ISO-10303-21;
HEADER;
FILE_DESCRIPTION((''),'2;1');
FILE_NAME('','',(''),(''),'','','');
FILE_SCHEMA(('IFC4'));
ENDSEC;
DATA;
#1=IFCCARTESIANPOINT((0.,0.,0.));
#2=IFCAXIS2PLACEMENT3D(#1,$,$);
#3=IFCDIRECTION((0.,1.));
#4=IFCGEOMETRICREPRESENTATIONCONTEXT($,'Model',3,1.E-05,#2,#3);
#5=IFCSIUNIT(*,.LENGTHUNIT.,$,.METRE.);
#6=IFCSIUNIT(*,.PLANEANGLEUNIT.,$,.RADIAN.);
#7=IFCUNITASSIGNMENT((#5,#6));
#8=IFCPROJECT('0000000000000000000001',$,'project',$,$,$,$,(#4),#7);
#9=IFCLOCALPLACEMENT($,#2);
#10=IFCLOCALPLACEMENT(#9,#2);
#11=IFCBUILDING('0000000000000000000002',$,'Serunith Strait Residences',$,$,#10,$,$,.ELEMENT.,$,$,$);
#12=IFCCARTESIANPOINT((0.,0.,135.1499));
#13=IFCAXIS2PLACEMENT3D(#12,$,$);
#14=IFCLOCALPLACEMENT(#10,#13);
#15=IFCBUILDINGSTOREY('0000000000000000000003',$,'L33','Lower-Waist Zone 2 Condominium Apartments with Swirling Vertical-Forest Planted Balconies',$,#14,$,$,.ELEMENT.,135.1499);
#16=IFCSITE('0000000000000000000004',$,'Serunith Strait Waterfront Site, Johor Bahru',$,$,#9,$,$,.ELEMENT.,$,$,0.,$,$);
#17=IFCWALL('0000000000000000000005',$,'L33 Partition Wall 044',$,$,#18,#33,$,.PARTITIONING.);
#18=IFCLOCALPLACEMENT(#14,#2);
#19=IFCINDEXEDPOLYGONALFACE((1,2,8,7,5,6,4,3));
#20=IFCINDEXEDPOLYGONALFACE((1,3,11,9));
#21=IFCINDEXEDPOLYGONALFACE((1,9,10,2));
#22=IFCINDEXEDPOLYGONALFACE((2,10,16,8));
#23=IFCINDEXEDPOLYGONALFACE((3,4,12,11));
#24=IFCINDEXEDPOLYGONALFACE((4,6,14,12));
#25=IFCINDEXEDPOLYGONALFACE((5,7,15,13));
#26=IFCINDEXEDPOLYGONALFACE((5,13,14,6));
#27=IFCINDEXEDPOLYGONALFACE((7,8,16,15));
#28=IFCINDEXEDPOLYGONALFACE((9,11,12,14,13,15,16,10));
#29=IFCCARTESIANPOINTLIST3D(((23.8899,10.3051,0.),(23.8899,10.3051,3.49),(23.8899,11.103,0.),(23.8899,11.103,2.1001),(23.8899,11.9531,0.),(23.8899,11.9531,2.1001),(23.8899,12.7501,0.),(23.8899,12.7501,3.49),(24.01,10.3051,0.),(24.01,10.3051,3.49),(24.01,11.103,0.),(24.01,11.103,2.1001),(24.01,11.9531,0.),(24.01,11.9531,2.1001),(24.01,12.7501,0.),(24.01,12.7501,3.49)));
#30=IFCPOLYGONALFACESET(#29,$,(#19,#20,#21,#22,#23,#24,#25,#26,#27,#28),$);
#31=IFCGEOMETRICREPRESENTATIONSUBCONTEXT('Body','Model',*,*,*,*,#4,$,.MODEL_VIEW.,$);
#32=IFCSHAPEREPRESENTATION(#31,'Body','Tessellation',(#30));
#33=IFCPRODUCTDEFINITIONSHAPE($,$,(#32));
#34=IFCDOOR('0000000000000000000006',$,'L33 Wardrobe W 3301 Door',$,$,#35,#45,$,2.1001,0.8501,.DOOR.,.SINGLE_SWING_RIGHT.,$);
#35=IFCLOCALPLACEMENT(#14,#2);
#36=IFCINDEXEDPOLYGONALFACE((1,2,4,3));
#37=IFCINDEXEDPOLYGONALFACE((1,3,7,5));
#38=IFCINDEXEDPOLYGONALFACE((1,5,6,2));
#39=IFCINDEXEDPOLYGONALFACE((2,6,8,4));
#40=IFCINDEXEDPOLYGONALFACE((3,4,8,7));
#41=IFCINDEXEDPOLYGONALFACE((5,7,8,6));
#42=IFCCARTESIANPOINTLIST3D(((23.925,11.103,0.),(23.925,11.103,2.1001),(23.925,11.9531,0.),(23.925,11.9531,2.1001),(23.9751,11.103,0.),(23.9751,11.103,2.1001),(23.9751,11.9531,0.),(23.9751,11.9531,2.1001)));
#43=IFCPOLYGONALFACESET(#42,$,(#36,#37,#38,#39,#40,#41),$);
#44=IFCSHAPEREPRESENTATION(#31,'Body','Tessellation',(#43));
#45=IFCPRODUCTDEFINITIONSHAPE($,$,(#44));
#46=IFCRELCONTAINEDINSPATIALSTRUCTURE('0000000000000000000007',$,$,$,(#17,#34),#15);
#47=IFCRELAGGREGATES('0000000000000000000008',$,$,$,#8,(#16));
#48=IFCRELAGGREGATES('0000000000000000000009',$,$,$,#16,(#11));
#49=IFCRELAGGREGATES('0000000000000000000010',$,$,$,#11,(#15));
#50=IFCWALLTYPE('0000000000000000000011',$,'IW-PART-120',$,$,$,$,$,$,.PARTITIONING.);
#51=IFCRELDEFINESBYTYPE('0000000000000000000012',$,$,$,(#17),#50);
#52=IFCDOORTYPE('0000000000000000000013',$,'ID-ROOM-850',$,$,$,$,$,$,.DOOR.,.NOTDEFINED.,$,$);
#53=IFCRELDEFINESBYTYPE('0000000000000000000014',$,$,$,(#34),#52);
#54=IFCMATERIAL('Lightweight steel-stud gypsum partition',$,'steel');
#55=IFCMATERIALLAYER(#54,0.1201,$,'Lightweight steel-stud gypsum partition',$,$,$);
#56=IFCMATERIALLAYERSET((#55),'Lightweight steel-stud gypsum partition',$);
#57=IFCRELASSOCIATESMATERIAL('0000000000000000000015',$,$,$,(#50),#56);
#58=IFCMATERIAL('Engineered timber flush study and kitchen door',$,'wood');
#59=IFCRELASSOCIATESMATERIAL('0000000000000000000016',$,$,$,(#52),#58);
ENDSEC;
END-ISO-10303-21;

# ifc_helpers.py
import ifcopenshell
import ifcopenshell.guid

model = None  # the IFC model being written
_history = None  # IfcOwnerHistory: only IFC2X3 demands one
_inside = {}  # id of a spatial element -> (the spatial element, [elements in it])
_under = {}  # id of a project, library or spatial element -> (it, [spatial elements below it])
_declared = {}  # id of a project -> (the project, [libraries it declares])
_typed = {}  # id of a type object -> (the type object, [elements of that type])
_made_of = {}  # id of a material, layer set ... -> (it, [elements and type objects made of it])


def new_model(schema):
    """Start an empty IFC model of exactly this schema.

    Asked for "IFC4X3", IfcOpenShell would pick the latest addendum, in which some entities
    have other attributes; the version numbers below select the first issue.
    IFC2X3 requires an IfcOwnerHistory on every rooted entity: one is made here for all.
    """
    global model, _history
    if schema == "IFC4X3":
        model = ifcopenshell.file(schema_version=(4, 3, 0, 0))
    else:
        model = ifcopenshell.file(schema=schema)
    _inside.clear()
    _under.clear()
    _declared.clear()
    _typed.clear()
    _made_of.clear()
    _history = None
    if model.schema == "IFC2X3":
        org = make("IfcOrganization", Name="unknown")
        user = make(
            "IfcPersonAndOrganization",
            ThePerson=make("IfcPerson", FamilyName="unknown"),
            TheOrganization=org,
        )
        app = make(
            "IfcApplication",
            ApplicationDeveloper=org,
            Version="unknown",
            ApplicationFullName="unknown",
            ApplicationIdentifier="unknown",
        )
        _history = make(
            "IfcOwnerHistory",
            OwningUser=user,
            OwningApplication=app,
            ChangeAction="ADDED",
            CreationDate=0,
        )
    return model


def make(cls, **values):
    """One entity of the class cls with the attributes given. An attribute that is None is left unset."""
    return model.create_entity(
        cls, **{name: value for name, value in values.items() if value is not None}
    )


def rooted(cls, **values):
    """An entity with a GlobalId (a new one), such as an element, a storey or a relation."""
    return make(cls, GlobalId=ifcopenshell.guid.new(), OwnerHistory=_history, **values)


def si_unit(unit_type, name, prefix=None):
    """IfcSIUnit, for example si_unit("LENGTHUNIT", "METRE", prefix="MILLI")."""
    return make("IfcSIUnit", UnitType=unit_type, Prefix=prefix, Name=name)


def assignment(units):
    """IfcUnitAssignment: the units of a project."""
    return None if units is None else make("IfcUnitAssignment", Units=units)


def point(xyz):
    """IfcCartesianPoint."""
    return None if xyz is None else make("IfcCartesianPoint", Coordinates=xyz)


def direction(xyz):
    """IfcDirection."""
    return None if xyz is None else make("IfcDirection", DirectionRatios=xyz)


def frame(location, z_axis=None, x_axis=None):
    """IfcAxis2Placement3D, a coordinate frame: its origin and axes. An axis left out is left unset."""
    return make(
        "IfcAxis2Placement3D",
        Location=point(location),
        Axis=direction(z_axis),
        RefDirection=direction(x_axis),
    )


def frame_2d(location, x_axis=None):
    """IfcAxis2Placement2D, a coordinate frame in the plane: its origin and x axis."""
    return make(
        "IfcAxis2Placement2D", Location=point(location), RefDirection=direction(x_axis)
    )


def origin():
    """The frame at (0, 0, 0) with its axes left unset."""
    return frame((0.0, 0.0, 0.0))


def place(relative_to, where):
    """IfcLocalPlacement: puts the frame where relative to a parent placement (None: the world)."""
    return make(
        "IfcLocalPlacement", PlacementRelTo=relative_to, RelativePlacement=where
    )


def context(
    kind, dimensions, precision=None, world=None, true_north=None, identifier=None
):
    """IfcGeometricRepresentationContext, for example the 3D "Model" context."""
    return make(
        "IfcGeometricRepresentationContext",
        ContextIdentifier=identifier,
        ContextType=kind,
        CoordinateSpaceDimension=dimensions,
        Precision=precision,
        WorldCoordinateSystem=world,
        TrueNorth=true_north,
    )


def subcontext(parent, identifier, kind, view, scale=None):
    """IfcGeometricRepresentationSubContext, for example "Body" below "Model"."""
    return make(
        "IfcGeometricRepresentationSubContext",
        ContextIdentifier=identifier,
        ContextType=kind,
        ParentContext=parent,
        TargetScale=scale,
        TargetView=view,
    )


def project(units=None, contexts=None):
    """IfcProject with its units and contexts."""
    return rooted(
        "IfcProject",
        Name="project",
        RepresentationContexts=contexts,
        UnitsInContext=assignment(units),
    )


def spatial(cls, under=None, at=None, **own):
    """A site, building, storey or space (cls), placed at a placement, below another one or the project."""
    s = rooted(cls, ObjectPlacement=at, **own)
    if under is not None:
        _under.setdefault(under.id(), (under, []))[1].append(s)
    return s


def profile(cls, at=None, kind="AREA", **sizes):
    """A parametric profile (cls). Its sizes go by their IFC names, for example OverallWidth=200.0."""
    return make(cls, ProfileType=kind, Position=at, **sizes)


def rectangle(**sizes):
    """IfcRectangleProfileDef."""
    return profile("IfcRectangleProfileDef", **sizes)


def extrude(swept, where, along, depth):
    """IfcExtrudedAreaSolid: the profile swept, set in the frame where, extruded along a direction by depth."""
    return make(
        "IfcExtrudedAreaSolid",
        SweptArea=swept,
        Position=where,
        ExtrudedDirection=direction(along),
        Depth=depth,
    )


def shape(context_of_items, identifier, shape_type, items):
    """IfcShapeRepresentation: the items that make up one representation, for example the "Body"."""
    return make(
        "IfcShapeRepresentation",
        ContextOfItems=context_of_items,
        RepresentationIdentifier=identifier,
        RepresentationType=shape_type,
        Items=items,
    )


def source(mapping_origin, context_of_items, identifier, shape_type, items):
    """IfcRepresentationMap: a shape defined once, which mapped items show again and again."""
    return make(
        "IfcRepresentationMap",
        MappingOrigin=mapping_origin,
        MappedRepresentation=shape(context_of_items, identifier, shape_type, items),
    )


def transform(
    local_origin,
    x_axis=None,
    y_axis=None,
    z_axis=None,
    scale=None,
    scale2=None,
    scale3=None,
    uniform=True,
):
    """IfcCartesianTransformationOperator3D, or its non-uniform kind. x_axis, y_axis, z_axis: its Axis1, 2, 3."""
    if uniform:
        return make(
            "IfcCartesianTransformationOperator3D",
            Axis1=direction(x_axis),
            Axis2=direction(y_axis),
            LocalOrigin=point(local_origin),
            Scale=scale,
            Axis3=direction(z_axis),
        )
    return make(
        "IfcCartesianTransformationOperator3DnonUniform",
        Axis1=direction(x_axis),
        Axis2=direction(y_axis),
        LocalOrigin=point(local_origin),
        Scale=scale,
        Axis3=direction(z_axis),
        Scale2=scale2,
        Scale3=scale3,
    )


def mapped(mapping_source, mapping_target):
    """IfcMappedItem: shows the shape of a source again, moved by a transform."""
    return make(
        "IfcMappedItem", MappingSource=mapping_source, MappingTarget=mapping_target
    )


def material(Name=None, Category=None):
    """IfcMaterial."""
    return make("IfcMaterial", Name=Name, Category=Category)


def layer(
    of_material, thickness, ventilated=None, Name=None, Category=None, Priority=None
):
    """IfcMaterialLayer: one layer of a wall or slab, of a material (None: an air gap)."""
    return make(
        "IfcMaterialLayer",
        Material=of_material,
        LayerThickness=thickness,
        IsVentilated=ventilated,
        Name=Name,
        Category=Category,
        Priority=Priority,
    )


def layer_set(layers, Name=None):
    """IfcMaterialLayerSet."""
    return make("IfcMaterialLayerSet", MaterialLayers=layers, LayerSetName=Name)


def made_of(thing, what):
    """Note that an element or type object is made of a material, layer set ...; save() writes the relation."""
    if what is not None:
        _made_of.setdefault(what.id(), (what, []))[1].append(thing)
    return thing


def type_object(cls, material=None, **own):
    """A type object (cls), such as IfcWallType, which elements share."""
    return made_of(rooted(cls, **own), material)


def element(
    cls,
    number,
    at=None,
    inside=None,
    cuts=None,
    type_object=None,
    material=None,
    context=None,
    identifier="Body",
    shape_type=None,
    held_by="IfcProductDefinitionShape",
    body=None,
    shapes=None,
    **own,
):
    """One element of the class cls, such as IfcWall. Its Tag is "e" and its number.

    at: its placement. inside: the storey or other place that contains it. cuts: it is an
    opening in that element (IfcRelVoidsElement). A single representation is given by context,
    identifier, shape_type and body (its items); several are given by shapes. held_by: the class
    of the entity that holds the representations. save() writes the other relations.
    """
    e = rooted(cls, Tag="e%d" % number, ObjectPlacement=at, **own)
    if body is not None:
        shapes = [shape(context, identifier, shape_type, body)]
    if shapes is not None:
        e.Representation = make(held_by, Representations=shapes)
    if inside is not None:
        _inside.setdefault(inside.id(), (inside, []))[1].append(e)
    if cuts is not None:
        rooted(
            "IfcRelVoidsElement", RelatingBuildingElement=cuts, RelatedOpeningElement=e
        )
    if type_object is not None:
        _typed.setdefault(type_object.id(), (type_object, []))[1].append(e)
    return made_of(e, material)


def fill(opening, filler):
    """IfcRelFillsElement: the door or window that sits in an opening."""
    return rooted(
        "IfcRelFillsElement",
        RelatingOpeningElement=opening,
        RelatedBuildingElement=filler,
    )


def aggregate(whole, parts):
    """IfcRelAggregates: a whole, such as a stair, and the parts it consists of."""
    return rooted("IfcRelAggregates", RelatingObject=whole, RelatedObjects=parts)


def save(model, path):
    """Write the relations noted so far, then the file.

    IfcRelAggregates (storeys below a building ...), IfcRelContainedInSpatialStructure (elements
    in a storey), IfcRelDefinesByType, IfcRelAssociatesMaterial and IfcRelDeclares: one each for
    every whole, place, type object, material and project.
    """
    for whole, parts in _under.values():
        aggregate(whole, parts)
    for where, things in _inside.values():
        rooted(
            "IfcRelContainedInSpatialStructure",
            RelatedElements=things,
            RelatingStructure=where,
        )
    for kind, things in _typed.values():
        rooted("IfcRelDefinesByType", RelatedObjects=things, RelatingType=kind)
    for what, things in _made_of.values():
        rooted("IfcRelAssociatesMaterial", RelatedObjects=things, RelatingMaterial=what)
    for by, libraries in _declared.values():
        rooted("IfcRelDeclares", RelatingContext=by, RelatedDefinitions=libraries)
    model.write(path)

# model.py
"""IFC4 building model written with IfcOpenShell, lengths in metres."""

from ifc_helpers import new_model, si_unit, direction, frame, frame_2d, origin, place, context, subcontext, project, spatial, rectangle, extrude, source, transform, mapped, material, layer, layer_set, type_object, element, fill, save


model = new_model("IFC4")

# Units and contexts
model_context = context("Model", 3, precision=1e-05, world=origin(), true_north=direction((0.0, 1.0)))
body_context = subcontext(model_context, "Body", "Model", "MODEL_VIEW")
ifc_project = project(units=[si_unit("LENGTHUNIT", "METRE"), si_unit("PLANEANGLEUNIT", "RADIAN")], contexts=[model_context])

# Site, building, storey
site_placement = place(None, origin())
site = spatial("IfcSite", under=ifc_project, at=site_placement, Name="Serunith Strait Waterfront Site, Johor Bahru", CompositionType="ELEMENT", RefElevation=0.0)
building_placement = place(site_placement, origin())
building = spatial("IfcBuilding", under=site, at=building_placement, Name="Serunith Strait Residences", CompositionType="ELEMENT")
storey_placement = place(building_placement, frame((0.0, 0.0, 135.1499)))
storey = spatial("IfcBuildingStorey", under=building, at=storey_placement, Name="L33", Description="Lower-Waist Zone 2 Condominium Apartments with Swirling Vertical-Forest Planted Balconies", CompositionType="ELEMENT", Elevation=135.1499)

# Shared definitions
ifc_material_1 = material(Name="Lightweight steel-stud gypsum partition", Category="steel")
ifc_layer_1 = layer(ifc_material_1, 0.1201, Name="Lightweight steel-stud gypsum partition")
ifc_layer_set_1 = layer_set([ifc_layer_1], Name="Lightweight steel-stud gypsum partition")
wall_type = type_object("IfcWallType", Name="IW-PART-120", PredefinedType="PARTITIONING", material=ifc_layer_set_1)
ifc_material_2 = material(Name="Engineered timber flush study and kitchen door", Category="wood")
door_type_1 = type_object("IfcDoorType", Name="ID-ROOM-850", OperationType="NOTDEFINED", PredefinedType="DOOR", material=ifc_material_2)
shared_shape_1 = source(origin(), body_context, "Body", "SweptSolid", [
    extrude(rectangle(XDim=0.8501, YDim=2.1001, at=frame_2d((0.425, 1.05))), frame((0.0, 0.0249, 0.0), z_axis=(0.0, -1.0, 0.0), x_axis=(1.0, 0.0, 0.0)), (0.0, 0.0, 1.0), 0.05),
])

# Wall, opening, door
wall_1_placement = place(storey_placement, frame((23.95, 10.3049, 0.0), z_axis=(0.0, 0.0, 1.0), x_axis=(0.0, 1.0, 0.0)))
wall_1 = element("IfcWall", 1, at=wall_1_placement, inside=storey, type_object=wall_type, Name="L33 Partition Wall 044", PredefinedType="PARTITIONING", context=body_context, shape_type="SweptSolid", body=[
    extrude(rectangle(XDim=2.4451, YDim=0.1201, at=frame_2d((1.2227, 0.0))), origin(), (0.0, 0.0, 1.0), 3.49),
])
opening_1_placement = place(wall_1_placement, frame((0.7981, 0.0, 0.0)))
opening_1 = element("IfcOpeningElement", 2, at=opening_1_placement, cuts=wall_1, PredefinedType="OPENING", context=body_context, shape_type="SweptSolid", body=[
    extrude(rectangle(XDim=0.8501, YDim=2.1001, at=frame_2d((0.425, 1.05))), frame((0.0, 0.0701, 0.0), z_axis=(0.0, -1.0, 0.0), x_axis=(1.0, 0.0, 0.0)), (0.0, 0.0, 1.0), 0.1401),
])
door_1_placement = place(opening_1_placement, origin())
door_1 = element("IfcDoor", 3, at=door_1_placement, inside=storey, type_object=door_type_1, Name="L33 Wardrobe W 3301 Door", OperationType="SINGLE_SWING_RIGHT", OverallHeight=2.1001, OverallWidth=0.8501, PredefinedType="DOOR", context=body_context, shape_type="MappedRepresentation", body=[
    mapped(shared_shape_1, transform((0.0, 0.0, 0.0), scale=1.0)),
])
fill(opening_1, door_1)

save(model, "model.ifc")
